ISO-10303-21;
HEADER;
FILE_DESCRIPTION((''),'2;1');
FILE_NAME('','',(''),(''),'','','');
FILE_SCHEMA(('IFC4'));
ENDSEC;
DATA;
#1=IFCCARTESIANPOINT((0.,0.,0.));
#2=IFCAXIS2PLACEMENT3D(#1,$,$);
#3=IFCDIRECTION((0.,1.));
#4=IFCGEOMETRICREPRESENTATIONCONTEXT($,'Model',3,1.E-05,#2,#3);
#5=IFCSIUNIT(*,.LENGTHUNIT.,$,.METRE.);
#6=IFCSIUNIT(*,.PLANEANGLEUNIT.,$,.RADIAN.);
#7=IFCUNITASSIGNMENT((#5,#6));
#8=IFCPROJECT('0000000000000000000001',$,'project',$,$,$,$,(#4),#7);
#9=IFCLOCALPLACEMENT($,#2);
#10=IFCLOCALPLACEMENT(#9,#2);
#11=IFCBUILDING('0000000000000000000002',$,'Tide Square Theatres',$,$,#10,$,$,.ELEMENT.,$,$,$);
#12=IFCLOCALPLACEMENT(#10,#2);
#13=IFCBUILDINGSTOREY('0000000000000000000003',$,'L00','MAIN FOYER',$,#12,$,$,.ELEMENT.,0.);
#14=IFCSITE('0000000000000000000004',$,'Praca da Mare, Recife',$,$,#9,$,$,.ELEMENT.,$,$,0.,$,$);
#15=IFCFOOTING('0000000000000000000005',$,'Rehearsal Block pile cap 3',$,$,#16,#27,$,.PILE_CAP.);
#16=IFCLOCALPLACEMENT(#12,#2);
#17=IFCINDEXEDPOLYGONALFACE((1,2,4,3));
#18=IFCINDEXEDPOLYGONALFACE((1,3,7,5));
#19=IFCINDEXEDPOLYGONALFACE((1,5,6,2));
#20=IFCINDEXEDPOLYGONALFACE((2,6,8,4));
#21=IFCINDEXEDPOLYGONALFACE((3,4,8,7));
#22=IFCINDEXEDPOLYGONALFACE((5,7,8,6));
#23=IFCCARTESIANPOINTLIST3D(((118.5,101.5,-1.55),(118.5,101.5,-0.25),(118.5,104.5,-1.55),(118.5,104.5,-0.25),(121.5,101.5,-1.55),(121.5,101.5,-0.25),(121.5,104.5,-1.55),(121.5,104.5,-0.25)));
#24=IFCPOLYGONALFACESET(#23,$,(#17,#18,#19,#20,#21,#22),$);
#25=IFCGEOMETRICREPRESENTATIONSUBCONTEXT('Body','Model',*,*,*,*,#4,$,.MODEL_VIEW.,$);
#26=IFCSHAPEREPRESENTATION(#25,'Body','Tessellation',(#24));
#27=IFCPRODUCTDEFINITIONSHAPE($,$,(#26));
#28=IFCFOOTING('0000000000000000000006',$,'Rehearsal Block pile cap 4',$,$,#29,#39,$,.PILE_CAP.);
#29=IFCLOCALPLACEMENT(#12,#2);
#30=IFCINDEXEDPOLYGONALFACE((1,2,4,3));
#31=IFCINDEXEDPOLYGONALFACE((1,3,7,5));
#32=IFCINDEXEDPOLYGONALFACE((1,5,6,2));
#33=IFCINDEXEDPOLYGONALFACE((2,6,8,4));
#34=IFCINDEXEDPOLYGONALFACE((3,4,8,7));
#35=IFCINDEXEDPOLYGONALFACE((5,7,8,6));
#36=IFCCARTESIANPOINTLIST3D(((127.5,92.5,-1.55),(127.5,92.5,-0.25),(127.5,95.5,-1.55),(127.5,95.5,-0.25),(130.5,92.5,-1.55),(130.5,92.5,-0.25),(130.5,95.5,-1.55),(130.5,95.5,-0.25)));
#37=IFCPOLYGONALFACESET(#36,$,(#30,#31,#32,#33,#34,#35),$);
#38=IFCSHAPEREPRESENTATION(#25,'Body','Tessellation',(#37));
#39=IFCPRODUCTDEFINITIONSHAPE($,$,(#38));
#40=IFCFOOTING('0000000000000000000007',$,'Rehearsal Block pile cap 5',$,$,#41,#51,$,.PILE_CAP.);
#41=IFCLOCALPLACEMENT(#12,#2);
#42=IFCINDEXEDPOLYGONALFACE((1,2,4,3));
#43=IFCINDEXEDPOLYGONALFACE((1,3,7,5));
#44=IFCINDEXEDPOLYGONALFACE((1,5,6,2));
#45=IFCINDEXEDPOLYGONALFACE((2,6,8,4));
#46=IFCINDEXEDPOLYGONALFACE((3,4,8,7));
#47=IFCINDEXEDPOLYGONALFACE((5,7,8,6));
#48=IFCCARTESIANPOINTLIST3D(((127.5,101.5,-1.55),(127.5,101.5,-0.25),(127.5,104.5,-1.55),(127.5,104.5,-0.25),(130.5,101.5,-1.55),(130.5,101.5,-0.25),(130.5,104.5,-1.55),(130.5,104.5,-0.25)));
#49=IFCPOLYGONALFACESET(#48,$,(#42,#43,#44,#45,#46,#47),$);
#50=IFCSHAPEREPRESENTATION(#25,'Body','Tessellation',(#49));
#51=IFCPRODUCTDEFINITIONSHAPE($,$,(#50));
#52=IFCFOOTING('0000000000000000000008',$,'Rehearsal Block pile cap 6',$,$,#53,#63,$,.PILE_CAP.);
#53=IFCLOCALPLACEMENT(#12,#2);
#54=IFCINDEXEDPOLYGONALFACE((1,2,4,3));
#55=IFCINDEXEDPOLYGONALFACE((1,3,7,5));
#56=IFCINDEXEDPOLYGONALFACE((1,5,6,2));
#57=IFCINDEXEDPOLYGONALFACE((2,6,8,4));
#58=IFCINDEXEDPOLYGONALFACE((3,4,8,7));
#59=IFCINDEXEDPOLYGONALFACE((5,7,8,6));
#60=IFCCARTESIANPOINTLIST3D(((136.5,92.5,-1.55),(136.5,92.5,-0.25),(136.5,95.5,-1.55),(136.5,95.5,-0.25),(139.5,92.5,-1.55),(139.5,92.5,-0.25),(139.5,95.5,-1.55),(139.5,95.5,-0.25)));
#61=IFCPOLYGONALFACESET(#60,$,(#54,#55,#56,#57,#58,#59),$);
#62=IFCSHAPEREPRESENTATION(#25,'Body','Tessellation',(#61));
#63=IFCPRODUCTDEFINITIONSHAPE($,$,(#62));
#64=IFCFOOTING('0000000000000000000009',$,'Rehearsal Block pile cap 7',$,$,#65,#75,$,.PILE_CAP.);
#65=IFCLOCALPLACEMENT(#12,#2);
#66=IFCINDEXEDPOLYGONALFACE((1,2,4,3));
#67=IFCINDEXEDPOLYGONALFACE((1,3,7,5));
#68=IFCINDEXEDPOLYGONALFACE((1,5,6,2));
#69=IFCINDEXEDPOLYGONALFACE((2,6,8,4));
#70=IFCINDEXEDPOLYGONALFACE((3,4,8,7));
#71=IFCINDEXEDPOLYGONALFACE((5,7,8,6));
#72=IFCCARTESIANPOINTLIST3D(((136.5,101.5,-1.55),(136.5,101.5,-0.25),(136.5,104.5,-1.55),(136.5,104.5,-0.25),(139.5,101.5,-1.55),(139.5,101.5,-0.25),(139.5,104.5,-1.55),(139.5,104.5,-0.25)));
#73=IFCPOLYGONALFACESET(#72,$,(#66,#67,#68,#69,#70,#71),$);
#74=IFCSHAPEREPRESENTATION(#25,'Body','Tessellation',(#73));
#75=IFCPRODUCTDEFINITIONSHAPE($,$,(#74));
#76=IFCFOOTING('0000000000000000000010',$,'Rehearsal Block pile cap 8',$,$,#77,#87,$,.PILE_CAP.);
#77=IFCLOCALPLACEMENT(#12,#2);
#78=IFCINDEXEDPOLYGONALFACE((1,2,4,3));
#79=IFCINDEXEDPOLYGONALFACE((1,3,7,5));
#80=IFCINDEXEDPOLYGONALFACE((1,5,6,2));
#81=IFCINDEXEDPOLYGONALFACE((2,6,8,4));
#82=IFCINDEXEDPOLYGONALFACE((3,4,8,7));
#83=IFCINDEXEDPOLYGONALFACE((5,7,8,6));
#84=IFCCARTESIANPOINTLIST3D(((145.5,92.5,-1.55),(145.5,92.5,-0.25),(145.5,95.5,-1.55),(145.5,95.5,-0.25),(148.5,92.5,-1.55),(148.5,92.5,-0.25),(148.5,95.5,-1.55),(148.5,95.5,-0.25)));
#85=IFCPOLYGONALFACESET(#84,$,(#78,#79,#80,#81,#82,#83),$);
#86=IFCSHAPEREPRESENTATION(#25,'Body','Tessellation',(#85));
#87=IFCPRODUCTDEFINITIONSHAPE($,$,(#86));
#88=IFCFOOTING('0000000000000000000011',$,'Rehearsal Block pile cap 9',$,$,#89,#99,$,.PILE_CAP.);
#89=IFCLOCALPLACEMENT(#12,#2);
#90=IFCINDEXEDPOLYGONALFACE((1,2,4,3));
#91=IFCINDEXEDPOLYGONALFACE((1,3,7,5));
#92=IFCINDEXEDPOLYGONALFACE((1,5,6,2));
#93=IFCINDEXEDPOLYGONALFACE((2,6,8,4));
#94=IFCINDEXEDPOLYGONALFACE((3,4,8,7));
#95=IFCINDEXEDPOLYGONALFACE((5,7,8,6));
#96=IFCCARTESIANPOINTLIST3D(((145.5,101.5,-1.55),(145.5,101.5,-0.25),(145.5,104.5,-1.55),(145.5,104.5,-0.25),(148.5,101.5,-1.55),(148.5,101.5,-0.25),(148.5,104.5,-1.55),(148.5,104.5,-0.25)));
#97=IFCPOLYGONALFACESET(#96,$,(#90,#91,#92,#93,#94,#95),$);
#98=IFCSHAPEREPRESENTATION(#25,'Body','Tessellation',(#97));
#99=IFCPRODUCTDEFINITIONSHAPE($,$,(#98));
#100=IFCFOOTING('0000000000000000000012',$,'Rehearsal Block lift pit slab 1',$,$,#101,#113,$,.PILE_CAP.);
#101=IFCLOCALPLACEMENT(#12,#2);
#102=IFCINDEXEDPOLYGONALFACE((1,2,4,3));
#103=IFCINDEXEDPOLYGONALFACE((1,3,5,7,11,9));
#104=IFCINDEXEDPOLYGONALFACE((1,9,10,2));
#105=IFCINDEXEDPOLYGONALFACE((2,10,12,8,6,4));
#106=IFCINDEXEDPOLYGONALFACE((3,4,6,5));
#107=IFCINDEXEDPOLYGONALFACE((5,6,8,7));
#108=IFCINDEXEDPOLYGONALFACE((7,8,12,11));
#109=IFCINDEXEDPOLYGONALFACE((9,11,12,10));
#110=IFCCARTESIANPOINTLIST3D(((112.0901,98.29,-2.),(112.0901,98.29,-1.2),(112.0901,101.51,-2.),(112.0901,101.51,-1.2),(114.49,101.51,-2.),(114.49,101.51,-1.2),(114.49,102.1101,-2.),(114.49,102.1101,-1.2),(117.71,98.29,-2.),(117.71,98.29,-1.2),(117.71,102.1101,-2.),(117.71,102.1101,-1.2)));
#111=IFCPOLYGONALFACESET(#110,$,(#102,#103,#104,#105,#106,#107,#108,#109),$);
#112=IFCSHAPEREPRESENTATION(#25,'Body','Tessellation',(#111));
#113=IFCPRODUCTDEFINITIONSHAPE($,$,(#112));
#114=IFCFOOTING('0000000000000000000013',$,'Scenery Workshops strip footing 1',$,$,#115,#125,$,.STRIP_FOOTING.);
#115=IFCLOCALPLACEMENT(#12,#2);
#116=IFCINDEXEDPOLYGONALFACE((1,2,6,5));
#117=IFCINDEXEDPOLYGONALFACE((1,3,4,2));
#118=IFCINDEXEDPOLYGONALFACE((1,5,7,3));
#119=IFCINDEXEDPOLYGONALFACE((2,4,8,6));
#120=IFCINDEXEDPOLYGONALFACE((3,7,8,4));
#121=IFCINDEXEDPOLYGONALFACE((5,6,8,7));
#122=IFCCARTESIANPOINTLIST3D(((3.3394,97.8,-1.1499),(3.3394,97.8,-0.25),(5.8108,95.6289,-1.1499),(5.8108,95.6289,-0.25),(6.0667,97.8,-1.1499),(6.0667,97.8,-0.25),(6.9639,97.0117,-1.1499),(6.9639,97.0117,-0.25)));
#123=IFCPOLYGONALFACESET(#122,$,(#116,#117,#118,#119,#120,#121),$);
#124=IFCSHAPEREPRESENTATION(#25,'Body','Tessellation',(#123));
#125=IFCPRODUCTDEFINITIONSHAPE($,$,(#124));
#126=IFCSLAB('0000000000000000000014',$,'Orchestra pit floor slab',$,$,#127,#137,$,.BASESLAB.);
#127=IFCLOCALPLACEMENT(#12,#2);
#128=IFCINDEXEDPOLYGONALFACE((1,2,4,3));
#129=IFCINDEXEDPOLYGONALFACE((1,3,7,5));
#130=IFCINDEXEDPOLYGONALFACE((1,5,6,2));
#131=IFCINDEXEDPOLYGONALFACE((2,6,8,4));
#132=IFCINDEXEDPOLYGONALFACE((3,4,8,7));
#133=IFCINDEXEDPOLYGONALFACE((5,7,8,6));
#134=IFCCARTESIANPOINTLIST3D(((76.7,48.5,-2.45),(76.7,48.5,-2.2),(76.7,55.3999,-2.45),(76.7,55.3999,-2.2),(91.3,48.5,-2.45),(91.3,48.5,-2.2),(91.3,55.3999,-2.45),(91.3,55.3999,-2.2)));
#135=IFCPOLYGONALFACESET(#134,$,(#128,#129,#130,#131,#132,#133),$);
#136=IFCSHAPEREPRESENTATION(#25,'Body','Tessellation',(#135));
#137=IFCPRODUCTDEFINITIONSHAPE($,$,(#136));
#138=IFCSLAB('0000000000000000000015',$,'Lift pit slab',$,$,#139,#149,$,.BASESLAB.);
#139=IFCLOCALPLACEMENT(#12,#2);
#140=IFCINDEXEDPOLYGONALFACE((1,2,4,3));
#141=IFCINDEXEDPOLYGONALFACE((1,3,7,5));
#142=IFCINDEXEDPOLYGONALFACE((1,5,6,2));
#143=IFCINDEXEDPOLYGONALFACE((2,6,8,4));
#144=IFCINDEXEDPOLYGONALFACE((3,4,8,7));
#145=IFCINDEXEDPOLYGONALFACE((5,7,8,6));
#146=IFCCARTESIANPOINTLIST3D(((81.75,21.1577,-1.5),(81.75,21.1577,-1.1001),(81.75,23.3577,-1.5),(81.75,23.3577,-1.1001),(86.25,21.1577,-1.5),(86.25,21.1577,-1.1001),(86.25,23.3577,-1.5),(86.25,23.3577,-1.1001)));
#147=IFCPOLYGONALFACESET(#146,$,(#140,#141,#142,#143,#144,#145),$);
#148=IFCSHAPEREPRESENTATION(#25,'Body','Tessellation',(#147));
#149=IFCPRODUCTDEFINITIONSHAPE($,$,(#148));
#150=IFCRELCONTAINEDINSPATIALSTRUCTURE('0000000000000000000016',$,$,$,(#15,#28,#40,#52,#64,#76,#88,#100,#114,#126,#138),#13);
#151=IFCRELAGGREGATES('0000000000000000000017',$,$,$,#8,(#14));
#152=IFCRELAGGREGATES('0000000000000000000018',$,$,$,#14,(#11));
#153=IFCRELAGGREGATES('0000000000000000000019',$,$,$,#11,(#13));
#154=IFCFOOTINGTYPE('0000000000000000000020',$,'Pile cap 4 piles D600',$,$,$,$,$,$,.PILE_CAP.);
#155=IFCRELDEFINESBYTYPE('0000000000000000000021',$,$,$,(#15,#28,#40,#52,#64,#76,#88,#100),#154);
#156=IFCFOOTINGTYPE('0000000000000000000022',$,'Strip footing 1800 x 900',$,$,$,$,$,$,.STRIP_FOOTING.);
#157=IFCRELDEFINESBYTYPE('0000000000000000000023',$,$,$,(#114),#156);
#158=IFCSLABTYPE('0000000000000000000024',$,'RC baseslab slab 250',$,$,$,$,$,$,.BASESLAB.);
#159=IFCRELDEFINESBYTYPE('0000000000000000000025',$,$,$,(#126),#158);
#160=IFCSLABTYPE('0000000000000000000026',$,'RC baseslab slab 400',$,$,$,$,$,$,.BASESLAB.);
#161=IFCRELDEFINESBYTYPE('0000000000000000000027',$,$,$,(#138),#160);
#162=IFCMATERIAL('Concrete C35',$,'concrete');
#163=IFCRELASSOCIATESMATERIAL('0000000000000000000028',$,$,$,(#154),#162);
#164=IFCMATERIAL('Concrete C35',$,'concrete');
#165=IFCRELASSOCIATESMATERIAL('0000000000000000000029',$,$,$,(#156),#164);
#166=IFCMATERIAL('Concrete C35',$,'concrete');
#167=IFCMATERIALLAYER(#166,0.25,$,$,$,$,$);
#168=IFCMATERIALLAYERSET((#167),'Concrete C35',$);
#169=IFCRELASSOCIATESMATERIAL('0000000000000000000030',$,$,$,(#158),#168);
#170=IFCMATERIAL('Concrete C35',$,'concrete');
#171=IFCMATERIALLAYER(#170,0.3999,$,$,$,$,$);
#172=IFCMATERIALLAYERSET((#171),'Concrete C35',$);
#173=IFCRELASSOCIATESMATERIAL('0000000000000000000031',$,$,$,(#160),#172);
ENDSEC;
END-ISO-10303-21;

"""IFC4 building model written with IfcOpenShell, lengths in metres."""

from ifc_helpers import new_model, si_unit, direction, frame, origin, place, context, subcontext, project, spatial, polyline, outline, extrude, material, layer, layer_set, type_object, element, save


model = new_model("IFC4")

# Units and contexts
model_context = context("Model", 3, precision=1e-05, world=origin(), true_north=direction((0.0, 1.0)))
body_context = subcontext(model_context, "Body", "Model", "MODEL_VIEW")
ifc_project = project(units=[si_unit("LENGTHUNIT", "METRE"), si_unit("PLANEANGLEUNIT", "RADIAN")], contexts=[model_context])

# Site, building, storey
site_placement = place(None, origin())
site = spatial("IfcSite", under=ifc_project, at=site_placement, Name="Praca da Mare, Recife", CompositionType="ELEMENT", RefElevation=0.0)
building_placement = place(site_placement, origin())
building = spatial("IfcBuilding", under=site, at=building_placement, Name="Tide Square Theatres", CompositionType="ELEMENT")
storey_placement = place(building_placement, origin())
storey = spatial("IfcBuildingStorey", under=building, at=storey_placement, Name="L00", Description="MAIN FOYER", CompositionType="ELEMENT", Elevation=0.0)

# Footings
ifc_material_1 = material(Name="Concrete C35", Category="concrete")
footing_type_1 = type_object("IfcFootingType", Name="Pile cap 4 piles D600", PredefinedType="PILE_CAP", material=ifc_material_1)
footing_1_placement = place(storey_placement, frame((0.0, 0.0, -1.55)))
element("IfcFooting", 1, at=footing_1_placement, inside=storey, type_object=footing_type_1, Name="Rehearsal Block pile cap 3", PredefinedType="PILE_CAP", context=body_context, shape_type="SweptSolid", body=[
    extrude(outline(polyline([(118.5, 101.5), (121.5, 101.5), (121.5, 104.5), (118.5, 104.5), (118.5, 101.5)])), origin(), (0.0, 0.0, 1.0), 1.3),
])
footing_2_placement = place(storey_placement, frame((0.0, 0.0, -1.55)))
element("IfcFooting", 2, at=footing_2_placement, inside=storey, type_object=footing_type_1, Name="Rehearsal Block pile cap 4", PredefinedType="PILE_CAP", context=body_context, shape_type="SweptSolid", body=[
    extrude(outline(polyline([(127.5, 92.5), (130.5, 92.5), (130.5, 95.5), (127.5, 95.5), (127.5, 92.5)])), origin(), (0.0, 0.0, 1.0), 1.3),
])
footing_3_placement = place(storey_placement, frame((0.0, 0.0, -1.55)))
element("IfcFooting", 3, at=footing_3_placement, inside=storey, type_object=footing_type_1, Name="Rehearsal Block pile cap 5", PredefinedType="PILE_CAP", context=body_context, shape_type="SweptSolid", body=[
    extrude(outline(polyline([(127.5, 101.5), (130.5, 101.5), (130.5, 104.5), (127.5, 104.5), (127.5, 101.5)])), origin(), (0.0, 0.0, 1.0), 1.3),
])
footing_4_placement = place(storey_placement, frame((0.0, 0.0, -1.55)))
element("IfcFooting", 4, at=footing_4_placement, inside=storey, type_object=footing_type_1, Name="Rehearsal Block pile cap 6", PredefinedType="PILE_CAP", context=body_context, shape_type="SweptSolid", body=[
    extrude(outline(polyline([(136.5, 92.5), (139.5, 92.5), (139.5, 95.5), (136.5, 95.5), (136.5, 92.5)])), origin(), (0.0, 0.0, 1.0), 1.3),
])
footing_5_placement = place(storey_placement, frame((0.0, 0.0, -1.55)))
element("IfcFooting", 5, at=footing_5_placement, inside=storey, type_object=footing_type_1, Name="Rehearsal Block pile cap 7", PredefinedType="PILE_CAP", context=body_context, shape_type="SweptSolid", body=[
    extrude(outline(polyline([(136.5, 101.5), (139.5, 101.5), (139.5, 104.5), (136.5, 104.5), (136.5, 101.5)])), origin(), (0.0, 0.0, 1.0), 1.3),
])
footing_6_placement = place(storey_placement, frame((0.0, 0.0, -1.55)))
element("IfcFooting", 6, at=footing_6_placement, inside=storey, type_object=footing_type_1, Name="Rehearsal Block pile cap 8", PredefinedType="PILE_CAP", context=body_context, shape_type="SweptSolid", body=[
    extrude(outline(polyline([(145.5, 92.5), (148.5, 92.5), (148.5, 95.5), (145.5, 95.5), (145.5, 92.5)])), origin(), (0.0, 0.0, 1.0), 1.3),
])
footing_7_placement = place(storey_placement, frame((0.0, 0.0, -1.55)))
element("IfcFooting", 7, at=footing_7_placement, inside=storey, type_object=footing_type_1, Name="Rehearsal Block pile cap 9", PredefinedType="PILE_CAP", context=body_context, shape_type="SweptSolid", body=[
    extrude(outline(polyline([(145.5, 101.5), (148.5, 101.5), (148.5, 104.5), (145.5, 104.5), (145.5, 101.5)])), origin(), (0.0, 0.0, 1.0), 1.3),
])
footing_8_placement = place(storey_placement, frame((0.0, 0.0, -2.0)))
element("IfcFooting", 8, at=footing_8_placement, inside=storey, type_object=footing_type_1, Name="Rehearsal Block lift pit slab 1", PredefinedType="PILE_CAP", context=body_context, shape_type="SweptSolid", body=[
    extrude(outline(polyline([(117.71, 98.29), (117.71, 102.1101), (114.49, 102.1101), (114.49, 101.51), (112.0901, 101.51), (112.0901, 98.29), (117.71, 98.29)])), origin(), (0.0, 0.0, 1.0), 0.8),
])
ifc_material_2 = material(Name="Concrete C35", Category="concrete")
footing_type_2 = type_object("IfcFootingType", Name="Strip footing 1800 x 900", PredefinedType="STRIP_FOOTING", material=ifc_material_2)
footing_9_placement = place(storey_placement, frame((0.0, 0.0, -1.1499)))
element("IfcFooting", 9, at=footing_9_placement, inside=storey, type_object=footing_type_2, Name="Scenery Workshops strip footing 1", PredefinedType="STRIP_FOOTING", context=body_context, shape_type="SweptSolid", body=[
    extrude(outline(polyline([(3.3394, 97.8), (5.8108, 95.6289), (6.9639, 97.0117), (6.0667, 97.8), (3.3394, 97.8)])), origin(), (0.0, 0.0, 1.0), 0.8999),
])

# Slabs
ifc_material_3 = material(Name="Concrete C35", Category="concrete")
ifc_layer_1 = layer(ifc_material_3, 0.25)
ifc_layer_set_1 = layer_set([ifc_layer_1], Name="Concrete C35")
slab_type_1 = type_object("IfcSlabType", Name="RC baseslab slab 250", PredefinedType="BASESLAB", material=ifc_layer_set_1)
slab_1_placement = place(storey_placement, frame((0.0, 0.0, -2.45)))
element("IfcSlab", 10, at=slab_1_placement, inside=storey, type_object=slab_type_1, Name="Orchestra pit floor slab", PredefinedType="BASESLAB", context=body_context, shape_type="SweptSolid", body=[
    extrude(outline(polyline([(76.7, 48.5), (91.3, 48.5), (91.3, 55.3999), (76.7, 55.3999), (76.7, 48.5)])), origin(), (0.0, 0.0, 1.0), 0.25),
])
ifc_material_4 = material(Name="Concrete C35", Category="concrete")
ifc_layer_2 = layer(ifc_material_4, 0.3999)
ifc_layer_set_2 = layer_set([ifc_layer_2], Name="Concrete C35")
slab_type_2 = type_object("IfcSlabType", Name="RC baseslab slab 400", PredefinedType="BASESLAB", material=ifc_layer_set_2)
slab_2_placement = place(storey_placement, frame((0.0, 0.0, -1.5)))
element("IfcSlab", 11, at=slab_2_placement, inside=storey, type_object=slab_type_2, Name="Lift pit slab", PredefinedType="BASESLAB", context=body_context, shape_type="SweptSolid", body=[
    extrude(outline(polyline([(86.25, 23.3577), (81.75, 23.3577), (81.75, 21.1577), (86.25, 21.1577), (86.25, 23.3577)])), origin(), (0.0, 0.0, 1.0), 0.3999),
])

save(model, "model.ifc")
